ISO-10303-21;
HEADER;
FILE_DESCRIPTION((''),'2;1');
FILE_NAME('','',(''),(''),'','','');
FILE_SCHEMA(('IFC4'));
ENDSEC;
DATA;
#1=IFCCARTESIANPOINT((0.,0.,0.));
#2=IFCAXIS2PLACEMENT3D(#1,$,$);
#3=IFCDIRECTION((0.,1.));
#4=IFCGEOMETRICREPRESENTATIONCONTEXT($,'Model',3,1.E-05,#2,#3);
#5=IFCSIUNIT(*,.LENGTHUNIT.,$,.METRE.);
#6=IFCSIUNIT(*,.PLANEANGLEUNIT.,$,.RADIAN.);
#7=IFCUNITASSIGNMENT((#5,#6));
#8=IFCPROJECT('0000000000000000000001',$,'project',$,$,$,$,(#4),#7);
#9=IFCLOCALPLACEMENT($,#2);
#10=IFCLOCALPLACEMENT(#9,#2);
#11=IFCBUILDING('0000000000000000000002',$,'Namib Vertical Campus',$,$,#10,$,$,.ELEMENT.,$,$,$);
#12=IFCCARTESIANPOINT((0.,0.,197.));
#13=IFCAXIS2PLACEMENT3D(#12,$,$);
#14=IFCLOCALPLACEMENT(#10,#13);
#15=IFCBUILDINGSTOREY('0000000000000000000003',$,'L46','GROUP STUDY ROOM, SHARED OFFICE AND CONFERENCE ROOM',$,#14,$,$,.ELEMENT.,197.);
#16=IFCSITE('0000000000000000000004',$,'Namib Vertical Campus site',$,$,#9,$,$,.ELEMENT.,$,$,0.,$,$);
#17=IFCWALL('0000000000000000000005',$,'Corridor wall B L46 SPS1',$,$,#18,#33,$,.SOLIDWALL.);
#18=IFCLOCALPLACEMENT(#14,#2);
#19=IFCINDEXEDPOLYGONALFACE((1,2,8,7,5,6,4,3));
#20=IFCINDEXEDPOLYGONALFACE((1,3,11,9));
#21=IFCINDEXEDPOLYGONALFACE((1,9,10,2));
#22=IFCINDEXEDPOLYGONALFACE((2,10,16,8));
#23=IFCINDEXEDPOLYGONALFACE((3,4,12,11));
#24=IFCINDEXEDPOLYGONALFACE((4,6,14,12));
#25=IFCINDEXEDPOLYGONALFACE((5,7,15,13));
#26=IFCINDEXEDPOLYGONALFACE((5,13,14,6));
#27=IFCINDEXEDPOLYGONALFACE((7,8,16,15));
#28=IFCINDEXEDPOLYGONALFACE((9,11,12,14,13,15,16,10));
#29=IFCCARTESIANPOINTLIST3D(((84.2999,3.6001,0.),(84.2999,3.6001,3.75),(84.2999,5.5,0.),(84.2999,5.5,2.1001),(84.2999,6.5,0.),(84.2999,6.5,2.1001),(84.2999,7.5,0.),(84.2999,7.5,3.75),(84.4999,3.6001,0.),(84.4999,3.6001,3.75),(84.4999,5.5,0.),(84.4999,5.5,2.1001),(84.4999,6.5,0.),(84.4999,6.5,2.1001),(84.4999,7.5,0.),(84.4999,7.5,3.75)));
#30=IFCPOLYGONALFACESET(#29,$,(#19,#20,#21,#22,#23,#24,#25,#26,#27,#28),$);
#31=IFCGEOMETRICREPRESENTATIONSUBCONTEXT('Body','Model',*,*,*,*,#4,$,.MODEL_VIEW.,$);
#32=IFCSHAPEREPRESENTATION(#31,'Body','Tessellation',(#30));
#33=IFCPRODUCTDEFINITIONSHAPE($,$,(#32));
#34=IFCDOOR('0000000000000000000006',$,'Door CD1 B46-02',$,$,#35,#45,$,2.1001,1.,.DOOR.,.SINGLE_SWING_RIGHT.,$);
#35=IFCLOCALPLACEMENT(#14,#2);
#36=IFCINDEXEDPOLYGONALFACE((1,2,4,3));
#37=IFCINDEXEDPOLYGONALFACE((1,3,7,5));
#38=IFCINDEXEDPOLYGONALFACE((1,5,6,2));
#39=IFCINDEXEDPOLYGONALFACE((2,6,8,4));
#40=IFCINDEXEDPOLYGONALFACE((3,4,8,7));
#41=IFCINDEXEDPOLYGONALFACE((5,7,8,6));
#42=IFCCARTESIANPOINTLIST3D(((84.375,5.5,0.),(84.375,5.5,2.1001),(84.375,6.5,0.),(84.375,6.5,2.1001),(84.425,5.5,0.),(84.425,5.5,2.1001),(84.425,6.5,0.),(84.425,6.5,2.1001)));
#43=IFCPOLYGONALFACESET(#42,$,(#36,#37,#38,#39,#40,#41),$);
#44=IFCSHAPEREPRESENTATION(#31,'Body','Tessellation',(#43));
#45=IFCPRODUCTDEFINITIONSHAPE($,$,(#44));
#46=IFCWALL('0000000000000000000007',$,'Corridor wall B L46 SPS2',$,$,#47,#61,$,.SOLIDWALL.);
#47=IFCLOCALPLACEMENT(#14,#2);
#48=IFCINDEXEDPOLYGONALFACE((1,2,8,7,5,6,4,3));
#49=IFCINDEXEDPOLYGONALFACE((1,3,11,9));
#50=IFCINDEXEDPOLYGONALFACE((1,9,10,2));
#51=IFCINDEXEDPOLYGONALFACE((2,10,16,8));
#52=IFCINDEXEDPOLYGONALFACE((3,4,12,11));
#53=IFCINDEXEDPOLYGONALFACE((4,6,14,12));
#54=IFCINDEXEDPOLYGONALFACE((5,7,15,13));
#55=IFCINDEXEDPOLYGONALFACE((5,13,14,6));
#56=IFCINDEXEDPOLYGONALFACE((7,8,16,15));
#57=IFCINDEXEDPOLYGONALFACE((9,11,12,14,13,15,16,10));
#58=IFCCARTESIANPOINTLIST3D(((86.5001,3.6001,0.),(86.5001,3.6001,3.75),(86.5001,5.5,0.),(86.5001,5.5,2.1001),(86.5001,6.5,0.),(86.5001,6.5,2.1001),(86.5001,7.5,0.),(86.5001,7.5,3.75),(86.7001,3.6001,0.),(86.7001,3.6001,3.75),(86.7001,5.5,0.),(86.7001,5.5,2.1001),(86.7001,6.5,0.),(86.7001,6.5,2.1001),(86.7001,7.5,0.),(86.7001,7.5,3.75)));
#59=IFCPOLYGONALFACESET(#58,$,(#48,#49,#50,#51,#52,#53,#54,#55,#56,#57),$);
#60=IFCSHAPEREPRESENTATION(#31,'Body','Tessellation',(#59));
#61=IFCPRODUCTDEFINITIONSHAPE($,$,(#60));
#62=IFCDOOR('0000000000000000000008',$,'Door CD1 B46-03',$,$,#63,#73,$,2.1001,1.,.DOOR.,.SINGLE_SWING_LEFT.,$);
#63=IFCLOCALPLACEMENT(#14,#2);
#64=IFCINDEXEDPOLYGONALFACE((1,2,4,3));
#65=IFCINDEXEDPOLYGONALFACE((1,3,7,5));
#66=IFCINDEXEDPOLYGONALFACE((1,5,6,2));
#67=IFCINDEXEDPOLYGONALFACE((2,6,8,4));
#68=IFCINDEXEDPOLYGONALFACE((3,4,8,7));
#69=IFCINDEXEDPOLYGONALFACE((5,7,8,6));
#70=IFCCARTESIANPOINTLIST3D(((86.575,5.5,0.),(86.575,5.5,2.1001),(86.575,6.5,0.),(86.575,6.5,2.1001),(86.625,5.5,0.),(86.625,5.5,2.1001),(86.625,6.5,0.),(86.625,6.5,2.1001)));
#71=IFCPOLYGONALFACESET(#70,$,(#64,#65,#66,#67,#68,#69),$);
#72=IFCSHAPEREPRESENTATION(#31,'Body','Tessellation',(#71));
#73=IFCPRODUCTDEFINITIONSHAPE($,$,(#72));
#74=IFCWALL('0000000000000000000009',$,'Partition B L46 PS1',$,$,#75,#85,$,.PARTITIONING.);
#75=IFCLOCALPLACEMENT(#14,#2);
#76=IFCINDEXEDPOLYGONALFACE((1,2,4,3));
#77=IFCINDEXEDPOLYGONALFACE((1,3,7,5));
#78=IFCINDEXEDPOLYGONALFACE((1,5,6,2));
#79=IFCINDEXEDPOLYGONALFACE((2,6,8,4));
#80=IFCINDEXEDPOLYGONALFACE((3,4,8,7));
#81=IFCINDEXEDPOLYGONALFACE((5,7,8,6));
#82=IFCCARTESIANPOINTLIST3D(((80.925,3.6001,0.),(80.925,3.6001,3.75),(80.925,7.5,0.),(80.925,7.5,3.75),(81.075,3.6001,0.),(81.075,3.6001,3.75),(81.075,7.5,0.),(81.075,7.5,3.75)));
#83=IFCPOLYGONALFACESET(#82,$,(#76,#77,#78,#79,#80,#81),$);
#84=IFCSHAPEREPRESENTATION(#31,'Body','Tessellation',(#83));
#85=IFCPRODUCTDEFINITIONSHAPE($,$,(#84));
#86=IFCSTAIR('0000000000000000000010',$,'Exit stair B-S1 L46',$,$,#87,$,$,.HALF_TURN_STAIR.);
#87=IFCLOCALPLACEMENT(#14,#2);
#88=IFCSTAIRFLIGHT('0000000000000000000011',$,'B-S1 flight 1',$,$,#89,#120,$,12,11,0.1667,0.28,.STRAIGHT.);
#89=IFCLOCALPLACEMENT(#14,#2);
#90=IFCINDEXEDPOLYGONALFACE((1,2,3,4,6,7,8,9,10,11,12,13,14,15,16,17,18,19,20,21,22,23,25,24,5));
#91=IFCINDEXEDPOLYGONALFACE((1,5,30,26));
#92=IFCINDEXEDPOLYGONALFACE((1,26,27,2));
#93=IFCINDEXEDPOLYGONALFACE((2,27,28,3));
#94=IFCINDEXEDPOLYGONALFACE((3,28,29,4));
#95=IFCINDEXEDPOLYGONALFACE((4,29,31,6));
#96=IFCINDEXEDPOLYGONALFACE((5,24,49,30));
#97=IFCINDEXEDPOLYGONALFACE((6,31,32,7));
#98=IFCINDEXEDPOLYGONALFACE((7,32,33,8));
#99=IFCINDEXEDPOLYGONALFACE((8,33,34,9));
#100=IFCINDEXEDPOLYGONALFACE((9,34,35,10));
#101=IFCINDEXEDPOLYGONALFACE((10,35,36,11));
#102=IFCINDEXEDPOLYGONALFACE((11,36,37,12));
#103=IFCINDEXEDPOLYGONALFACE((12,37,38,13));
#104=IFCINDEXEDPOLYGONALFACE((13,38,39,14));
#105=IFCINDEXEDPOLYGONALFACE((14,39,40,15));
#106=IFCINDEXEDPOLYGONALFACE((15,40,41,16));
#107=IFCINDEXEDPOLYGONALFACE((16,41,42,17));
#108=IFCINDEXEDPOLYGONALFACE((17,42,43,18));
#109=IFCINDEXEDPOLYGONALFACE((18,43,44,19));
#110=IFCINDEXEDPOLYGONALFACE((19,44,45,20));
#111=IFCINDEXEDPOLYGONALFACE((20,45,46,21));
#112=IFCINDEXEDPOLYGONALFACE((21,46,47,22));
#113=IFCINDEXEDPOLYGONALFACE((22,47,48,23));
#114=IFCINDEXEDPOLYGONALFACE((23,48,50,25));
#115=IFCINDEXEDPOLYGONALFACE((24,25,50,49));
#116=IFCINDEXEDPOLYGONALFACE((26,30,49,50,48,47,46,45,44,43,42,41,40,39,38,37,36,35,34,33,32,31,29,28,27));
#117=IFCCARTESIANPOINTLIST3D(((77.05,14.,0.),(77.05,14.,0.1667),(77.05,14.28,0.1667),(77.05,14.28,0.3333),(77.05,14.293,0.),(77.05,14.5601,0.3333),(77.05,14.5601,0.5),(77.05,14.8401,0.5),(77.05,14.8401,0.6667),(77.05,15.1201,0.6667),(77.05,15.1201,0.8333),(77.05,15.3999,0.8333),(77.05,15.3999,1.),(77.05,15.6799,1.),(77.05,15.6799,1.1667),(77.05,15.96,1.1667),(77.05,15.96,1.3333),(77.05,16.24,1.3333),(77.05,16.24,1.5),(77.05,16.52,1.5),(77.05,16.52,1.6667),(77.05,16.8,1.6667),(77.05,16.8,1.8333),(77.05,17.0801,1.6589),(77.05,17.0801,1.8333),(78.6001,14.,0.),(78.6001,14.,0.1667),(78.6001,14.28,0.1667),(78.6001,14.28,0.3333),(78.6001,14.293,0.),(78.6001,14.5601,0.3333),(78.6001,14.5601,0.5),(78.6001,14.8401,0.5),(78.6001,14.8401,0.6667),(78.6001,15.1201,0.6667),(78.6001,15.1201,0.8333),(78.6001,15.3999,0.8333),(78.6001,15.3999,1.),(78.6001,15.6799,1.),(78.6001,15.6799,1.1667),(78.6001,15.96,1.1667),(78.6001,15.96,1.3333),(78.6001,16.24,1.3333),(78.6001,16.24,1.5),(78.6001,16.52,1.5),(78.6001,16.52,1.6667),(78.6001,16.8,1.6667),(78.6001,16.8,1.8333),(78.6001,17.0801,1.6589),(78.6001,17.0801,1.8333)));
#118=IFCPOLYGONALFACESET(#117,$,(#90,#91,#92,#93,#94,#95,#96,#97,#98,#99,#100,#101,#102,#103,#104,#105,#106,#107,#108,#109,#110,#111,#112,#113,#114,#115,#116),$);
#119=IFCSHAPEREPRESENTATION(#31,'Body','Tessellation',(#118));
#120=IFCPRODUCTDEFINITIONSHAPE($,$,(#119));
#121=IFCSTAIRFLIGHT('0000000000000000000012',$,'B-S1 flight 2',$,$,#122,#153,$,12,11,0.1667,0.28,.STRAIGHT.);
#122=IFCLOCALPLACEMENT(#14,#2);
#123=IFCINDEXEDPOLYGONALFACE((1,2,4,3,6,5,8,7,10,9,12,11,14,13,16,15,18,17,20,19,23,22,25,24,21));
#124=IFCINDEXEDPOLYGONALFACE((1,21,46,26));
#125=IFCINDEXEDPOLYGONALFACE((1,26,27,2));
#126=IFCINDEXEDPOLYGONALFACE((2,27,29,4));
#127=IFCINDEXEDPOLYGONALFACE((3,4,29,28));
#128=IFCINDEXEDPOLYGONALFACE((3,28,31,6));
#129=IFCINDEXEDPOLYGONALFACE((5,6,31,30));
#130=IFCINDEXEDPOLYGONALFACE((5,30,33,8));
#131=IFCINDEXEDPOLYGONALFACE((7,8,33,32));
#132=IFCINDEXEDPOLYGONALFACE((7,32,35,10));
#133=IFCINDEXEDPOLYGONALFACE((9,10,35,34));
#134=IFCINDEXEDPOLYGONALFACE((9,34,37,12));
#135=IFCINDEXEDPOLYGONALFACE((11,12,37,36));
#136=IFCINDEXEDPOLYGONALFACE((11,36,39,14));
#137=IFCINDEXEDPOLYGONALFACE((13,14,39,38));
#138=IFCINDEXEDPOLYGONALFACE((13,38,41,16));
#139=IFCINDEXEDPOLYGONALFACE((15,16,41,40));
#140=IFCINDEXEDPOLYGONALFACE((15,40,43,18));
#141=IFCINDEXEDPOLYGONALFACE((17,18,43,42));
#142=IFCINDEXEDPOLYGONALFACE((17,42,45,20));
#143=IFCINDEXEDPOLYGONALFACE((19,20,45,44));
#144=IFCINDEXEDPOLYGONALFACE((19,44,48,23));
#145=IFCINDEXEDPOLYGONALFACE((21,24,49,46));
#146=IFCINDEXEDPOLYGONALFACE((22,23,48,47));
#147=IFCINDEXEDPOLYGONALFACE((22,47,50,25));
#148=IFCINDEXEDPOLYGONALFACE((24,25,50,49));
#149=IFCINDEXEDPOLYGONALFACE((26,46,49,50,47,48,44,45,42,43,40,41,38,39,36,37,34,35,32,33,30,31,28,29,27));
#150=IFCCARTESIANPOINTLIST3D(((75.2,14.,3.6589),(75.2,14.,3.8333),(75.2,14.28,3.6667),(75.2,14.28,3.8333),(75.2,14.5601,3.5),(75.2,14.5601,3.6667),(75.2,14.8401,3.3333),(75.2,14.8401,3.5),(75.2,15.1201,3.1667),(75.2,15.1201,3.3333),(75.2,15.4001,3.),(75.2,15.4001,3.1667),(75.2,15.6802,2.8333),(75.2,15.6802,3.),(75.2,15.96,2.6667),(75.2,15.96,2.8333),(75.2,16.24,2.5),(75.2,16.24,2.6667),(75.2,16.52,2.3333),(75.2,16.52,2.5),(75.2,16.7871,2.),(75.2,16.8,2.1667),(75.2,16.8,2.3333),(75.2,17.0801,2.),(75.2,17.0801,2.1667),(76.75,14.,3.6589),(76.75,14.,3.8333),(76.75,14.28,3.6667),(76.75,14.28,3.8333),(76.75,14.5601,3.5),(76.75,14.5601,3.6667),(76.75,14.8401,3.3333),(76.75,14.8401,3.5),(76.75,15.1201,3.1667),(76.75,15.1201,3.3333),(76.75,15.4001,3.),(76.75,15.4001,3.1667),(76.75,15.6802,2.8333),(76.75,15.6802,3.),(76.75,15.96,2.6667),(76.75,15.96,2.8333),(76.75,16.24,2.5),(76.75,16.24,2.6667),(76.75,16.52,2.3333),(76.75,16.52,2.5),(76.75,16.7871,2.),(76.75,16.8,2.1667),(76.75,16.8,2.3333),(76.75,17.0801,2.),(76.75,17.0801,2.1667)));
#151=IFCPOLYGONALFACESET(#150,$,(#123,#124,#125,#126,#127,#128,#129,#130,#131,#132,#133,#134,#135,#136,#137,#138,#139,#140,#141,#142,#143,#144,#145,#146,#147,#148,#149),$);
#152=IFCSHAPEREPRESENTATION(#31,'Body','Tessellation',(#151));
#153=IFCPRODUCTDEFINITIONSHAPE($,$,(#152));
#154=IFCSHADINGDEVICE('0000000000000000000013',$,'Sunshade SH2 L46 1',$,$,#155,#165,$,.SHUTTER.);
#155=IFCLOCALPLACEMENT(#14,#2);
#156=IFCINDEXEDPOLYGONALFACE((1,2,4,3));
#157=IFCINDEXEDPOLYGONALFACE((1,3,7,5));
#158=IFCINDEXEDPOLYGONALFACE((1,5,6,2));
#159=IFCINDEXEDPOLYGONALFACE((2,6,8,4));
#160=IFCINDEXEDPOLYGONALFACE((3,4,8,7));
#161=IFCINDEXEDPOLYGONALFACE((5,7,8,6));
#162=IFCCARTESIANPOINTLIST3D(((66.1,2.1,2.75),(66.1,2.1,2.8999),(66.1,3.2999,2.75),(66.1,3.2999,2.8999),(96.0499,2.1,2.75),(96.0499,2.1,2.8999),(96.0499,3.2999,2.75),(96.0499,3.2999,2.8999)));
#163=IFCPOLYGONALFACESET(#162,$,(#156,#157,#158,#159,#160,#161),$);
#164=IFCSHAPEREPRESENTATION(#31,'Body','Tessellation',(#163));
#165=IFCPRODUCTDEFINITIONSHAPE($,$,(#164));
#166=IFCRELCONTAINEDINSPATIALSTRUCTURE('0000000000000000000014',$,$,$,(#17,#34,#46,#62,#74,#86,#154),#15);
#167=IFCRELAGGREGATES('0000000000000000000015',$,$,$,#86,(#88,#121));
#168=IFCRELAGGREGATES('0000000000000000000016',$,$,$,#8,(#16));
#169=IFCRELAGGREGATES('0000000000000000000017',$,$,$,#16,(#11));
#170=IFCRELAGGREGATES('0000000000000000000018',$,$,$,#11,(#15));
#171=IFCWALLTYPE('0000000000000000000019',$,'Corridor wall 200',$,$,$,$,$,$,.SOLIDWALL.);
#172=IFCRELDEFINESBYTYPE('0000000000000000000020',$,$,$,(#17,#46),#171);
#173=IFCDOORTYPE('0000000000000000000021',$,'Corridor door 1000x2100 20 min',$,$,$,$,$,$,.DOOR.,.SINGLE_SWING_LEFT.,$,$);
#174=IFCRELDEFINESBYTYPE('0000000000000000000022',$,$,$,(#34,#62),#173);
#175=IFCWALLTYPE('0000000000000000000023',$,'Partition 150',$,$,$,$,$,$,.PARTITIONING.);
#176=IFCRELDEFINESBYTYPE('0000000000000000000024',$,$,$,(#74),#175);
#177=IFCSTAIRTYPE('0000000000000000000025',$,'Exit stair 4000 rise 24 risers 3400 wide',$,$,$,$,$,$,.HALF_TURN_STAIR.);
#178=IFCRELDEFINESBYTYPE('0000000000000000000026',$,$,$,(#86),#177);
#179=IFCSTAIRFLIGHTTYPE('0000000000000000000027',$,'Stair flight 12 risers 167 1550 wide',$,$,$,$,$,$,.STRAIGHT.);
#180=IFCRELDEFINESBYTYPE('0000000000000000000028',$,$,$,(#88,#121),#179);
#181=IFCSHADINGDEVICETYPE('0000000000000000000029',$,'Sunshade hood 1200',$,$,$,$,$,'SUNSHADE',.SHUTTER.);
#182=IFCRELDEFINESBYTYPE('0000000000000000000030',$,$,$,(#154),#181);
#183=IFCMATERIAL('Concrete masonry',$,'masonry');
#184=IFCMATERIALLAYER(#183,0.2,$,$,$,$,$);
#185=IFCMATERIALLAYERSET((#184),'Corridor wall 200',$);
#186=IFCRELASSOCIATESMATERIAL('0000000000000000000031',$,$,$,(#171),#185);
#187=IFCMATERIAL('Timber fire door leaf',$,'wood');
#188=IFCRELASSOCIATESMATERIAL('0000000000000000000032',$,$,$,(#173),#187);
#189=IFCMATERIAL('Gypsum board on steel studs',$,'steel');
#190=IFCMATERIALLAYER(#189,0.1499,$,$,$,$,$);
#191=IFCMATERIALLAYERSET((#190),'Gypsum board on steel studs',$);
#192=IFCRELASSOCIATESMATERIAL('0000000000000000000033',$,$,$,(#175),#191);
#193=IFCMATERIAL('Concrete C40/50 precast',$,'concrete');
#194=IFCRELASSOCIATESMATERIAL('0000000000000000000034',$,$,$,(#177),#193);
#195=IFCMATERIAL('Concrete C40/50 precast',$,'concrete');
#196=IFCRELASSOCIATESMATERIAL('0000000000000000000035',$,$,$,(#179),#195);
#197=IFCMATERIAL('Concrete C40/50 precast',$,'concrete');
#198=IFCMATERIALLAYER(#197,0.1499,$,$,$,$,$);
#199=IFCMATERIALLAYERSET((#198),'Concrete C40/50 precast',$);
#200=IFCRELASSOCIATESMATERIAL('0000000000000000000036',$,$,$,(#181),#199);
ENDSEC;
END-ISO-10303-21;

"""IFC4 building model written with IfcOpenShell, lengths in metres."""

from ifc_helpers import new_model, si_unit, direction, frame, frame_2d, origin, origin_2d, place, context, subcontext, project, spatial, polyline, rectangle, outline, extrude, material, layer, layer_set, type_object, element, fill, aggregate, save


model = new_model("IFC4")

# Units and contexts
model_context = context("Model", 3, precision=1e-05, world=origin(), true_north=direction((0.0, 1.0)))
body_context = subcontext(model_context, "Body", "Model", "MODEL_VIEW")
ifc_project = project(units=[si_unit("LENGTHUNIT", "METRE"), si_unit("PLANEANGLEUNIT", "RADIAN")], contexts=[model_context])

# Site, building, storey
site_placement = place(None, origin())
site = spatial("IfcSite", under=ifc_project, at=site_placement, Name="Namib Vertical Campus site", CompositionType="ELEMENT", RefElevation=0.0)
building_placement = place(site_placement, origin())
building = spatial("IfcBuilding", under=site, at=building_placement, Name="Namib Vertical Campus", CompositionType="ELEMENT")
storey_placement = place(building_placement, frame((0.0, 0.0, 197.0)))
storey = spatial("IfcBuildingStorey", under=building, at=storey_placement, Name="L46", Description="GROUP STUDY ROOM, SHARED OFFICE AND CONFERENCE ROOM", CompositionType="ELEMENT", Elevation=197.0)

# Walls, openings, doors
ifc_material_1 = material(Name="Concrete masonry", Category="masonry")
ifc_layer_1 = layer(ifc_material_1, 0.2)
ifc_layer_set_1 = layer_set([ifc_layer_1], Name="Corridor wall 200")
wall_type_1 = type_object("IfcWallType", Name="Corridor wall 200", PredefinedType="SOLIDWALL", material=ifc_layer_set_1)
wall_1_placement = place(storey_placement, frame((84.3999, 3.6001, 0.0), z_axis=(0.0, 0.0, 1.0), x_axis=(0.0, 1.0, 0.0)))
wall_1 = element("IfcWall", 1, at=wall_1_placement, inside=storey, type_object=wall_type_1, Name="Corridor wall B L46 SPS1", PredefinedType="SOLIDWALL", context=body_context, shape_type="SweptSolid", body=[
    extrude(rectangle(XDim=3.8999, YDim=0.2, at=frame_2d((1.95, 0.0))), origin(), (0.0, 0.0, 1.0), 3.75),
])
opening_1_placement = place(wall_1_placement, frame((1.8999, 0.0, 0.0)))
opening_1 = element("IfcOpeningElement", 2, at=opening_1_placement, cuts=wall_1, PredefinedType="OPENING", context=body_context, shape_type="SweptSolid", body=[
    extrude(rectangle(XDim=1.0, YDim=2.1001, at=frame_2d((0.5, 1.05))), frame((0.0, 0.1099, 0.0), z_axis=(0.0, -1.0, 0.0), x_axis=(1.0, 0.0, 0.0)), (0.0, 0.0, 1.0), 0.22),
])
ifc_material_2 = material(Name="Timber fire door leaf", Category="wood")
door_type_1 = type_object("IfcDoorType", Name="Corridor door 1000x2100 20 min", OperationType="SINGLE_SWING_LEFT", PredefinedType="DOOR", material=ifc_material_2)
door_1_placement = place(opening_1_placement, origin())
door_1 = element("IfcDoor", 3, at=door_1_placement, inside=storey, type_object=door_type_1, Name="Door CD1 B46-02", OperationType="SINGLE_SWING_RIGHT", OverallHeight=2.1001, OverallWidth=1.0, PredefinedType="DOOR", context=body_context, shape_type="SweptSolid", body=[
    extrude(rectangle(XDim=1.0, YDim=2.1001, at=frame_2d((0.5, 1.05))), frame((0.0, 0.0249, 0.0), z_axis=(0.0, -1.0, 0.0), x_axis=(1.0, 0.0, 0.0)), (0.0, 0.0, 1.0), 0.05),
])
fill(opening_1, door_1)
wall_2_placement = place(storey_placement, frame((86.6001, 7.5, 0.0), z_axis=(0.0, 0.0, 1.0), x_axis=(0.0, -1.0, 0.0)))
wall_2 = element("IfcWall", 4, at=wall_2_placement, inside=storey, type_object=wall_type_1, Name="Corridor wall B L46 SPS2", PredefinedType="SOLIDWALL", context=body_context, shape_type="SweptSolid", body=[
    extrude(rectangle(XDim=3.8999, YDim=0.2, at=frame_2d((1.95, 0.0))), origin(), (0.0, 0.0, 1.0), 3.75),
])
opening_2_placement = place(wall_2_placement, frame((1.0, 0.0, 0.0)))
opening_2 = element("IfcOpeningElement", 5, at=opening_2_placement, cuts=wall_2, PredefinedType="OPENING", context=body_context, shape_type="SweptSolid", body=[
    extrude(rectangle(XDim=1.0, YDim=2.1001, at=frame_2d((0.5, 1.05))), frame((0.0, 0.1099, 0.0), z_axis=(0.0, -1.0, 0.0), x_axis=(1.0, 0.0, 0.0)), (0.0, 0.0, 1.0), 0.22),
])
door_2_placement = place(opening_2_placement, origin())
door_2 = element("IfcDoor", 6, at=door_2_placement, inside=storey, type_object=door_type_1, Name="Door CD1 B46-03", OperationType="SINGLE_SWING_LEFT", OverallHeight=2.1001, OverallWidth=1.0, PredefinedType="DOOR", context=body_context, shape_type="SweptSolid", body=[
    extrude(rectangle(XDim=1.0, YDim=2.1001, at=frame_2d((0.5, 1.05))), frame((0.0, 0.0249, 0.0), z_axis=(0.0, -1.0, 0.0), x_axis=(1.0, 0.0, 0.0)), (0.0, 0.0, 1.0), 0.05),
])
fill(opening_2, door_2)

# Wall
ifc_material_3 = material(Name="Gypsum board on steel studs", Category="steel")
ifc_layer_2 = layer(ifc_material_3, 0.1499)
ifc_layer_set_2 = layer_set([ifc_layer_2], Name="Gypsum board on steel studs")
wall_type_2 = type_object("IfcWallType", Name="Partition 150", PredefinedType="PARTITIONING", material=ifc_layer_set_2)
wall_3_placement = place(storey_placement, frame((81.0, 3.6001, 0.0), z_axis=(0.0, 0.0, 1.0), x_axis=(0.0, 1.0, 0.0)))
element("IfcWall", 7, at=wall_3_placement, inside=storey, type_object=wall_type_2, Name="Partition B L46 PS1", PredefinedType="PARTITIONING", context=body_context, shape_type="SweptSolid", body=[
    extrude(rectangle(XDim=3.8999, YDim=0.1499, at=frame_2d((1.95, 0.0))), origin(), (0.0, 0.0, 1.0), 3.75),
])

# Stair, stair flights
ifc_material_4 = material(Name="Concrete C40/50 precast", Category="concrete")
stair_type = type_object("IfcStairType", Name="Exit stair 4000 rise 24 risers 3400 wide", PredefinedType="HALF_TURN_STAIR", material=ifc_material_4)
stair_placement = place(storey_placement, origin())
stair = element("IfcStair", 8, at=stair_placement, inside=storey, type_object=stair_type, Name="Exit stair B-S1 L46", PredefinedType="HALF_TURN_STAIR")
ifc_material_5 = material(Name="Concrete C40/50 precast", Category="concrete")
stair_flight_type = type_object("IfcStairFlightType", Name="Stair flight 12 risers 167 1550 wide", PredefinedType="STRAIGHT", material=ifc_material_5)
stair_flight_1_placement = place(storey_placement, frame((77.825, 14.0, 0.0), z_axis=(0.0, 0.0, 1.0), x_axis=(0.0, 1.0, 0.0)))
stair_flight_1 = element("IfcStairFlight", 9, at=stair_flight_1_placement, type_object=stair_flight_type, Name="B-S1 flight 1", NumberOfRisers=12, NumberOfTreads=11, PredefinedType="STRAIGHT", RiserHeight=0.1667, TreadLength=0.28, context=body_context, shape_type="SweptSolid", body=[
    extrude(outline(polyline([(0.0, 0.0), (0.0, 0.1667), (0.28, 0.1667), (0.28, 0.3333), (0.5601, 0.3333), (0.5601, 0.5), (0.8401, 0.5), (0.8401, 0.6667), (1.1201, 0.6667), (1.1201, 0.8333), (1.3999, 0.8333), (1.3999, 1.0), (1.6799, 1.0), (1.6799, 1.1667), (1.96, 1.1667), (1.96, 1.3333), (2.24, 1.3333), (2.24, 1.5), (2.52, 1.5), (2.52, 1.6667), (2.8, 1.6667), (2.8, 1.8333), (3.0801, 1.8333), (3.0801, 2.0), (3.0801, 1.6589), (0.293, 0.0), (0.0, 0.0)])), frame((0.0, 0.7749, 0.0), z_axis=(0.0, -1.0, 0.0), x_axis=(1.0, 0.0, 0.0)), (0.0, 0.0, 1.0), 1.55),
])
stair_flight_2_placement = place(storey_placement, frame((75.9751, 17.0801, 2.0), z_axis=(0.0, 0.0, 1.0), x_axis=(0.0, -1.0, 0.0)))
stair_flight_2 = element("IfcStairFlight", 10, at=stair_flight_2_placement, type_object=stair_flight_type, Name="B-S1 flight 2", NumberOfRisers=12, NumberOfTreads=11, PredefinedType="STRAIGHT", RiserHeight=0.1667, TreadLength=0.28, context=body_context, shape_type="SweptSolid", body=[
    extrude(outline(polyline([(0.0, 0.0), (0.0, 0.1667), (0.28, 0.1667), (0.28, 0.3333), (0.5601, 0.3333), (0.5601, 0.5), (0.8401, 0.5), (0.8401, 0.6667), (1.1201, 0.6667), (1.1201, 0.8333), (1.3999, 0.8333), (1.3999, 1.0), (1.6799, 1.0), (1.6799, 1.1667), (1.96, 1.1667), (1.96, 1.3333), (2.24, 1.3333), (2.24, 1.5), (2.52, 1.5), (2.52, 1.6667), (2.8, 1.6667), (2.8, 1.8333), (3.0801, 1.8333), (3.0801, 2.0), (3.0801, 1.6589), (0.293, 0.0), (0.0, 0.0)])), frame((0.0, 0.7749, 0.0), z_axis=(0.0, -1.0, 0.0), x_axis=(1.0, 0.0, 0.0)), (0.0, 0.0, 1.0), 1.55),
])
aggregate(stair, [stair_flight_1, stair_flight_2])

# Shading device
ifc_material_6 = material(Name="Concrete C40/50 precast", Category="concrete")
ifc_layer_3 = layer(ifc_material_6, 0.1499)
ifc_layer_set_3 = layer_set([ifc_layer_3], Name="Concrete C40/50 precast")
shading_device_type = type_object("IfcShadingDeviceType", Name="Sunshade hood 1200", ElementType="SUNSHADE", PredefinedType="SHUTTER", material=ifc_layer_set_3)
shading_device_placement = place(storey_placement, frame((81.075, 2.7, 2.75), z_axis=(0.0, 0.0, 1.0), x_axis=(1.0, 0.0, 0.0)))
element("IfcShadingDevice", 11, at=shading_device_placement, inside=storey, type_object=shading_device_type, Name="Sunshade SH2 L46 1", PredefinedType="SHUTTER", context=body_context, shape_type="SweptSolid", body=[
    extrude(rectangle(XDim=29.95, YDim=1.2, at=origin_2d()), origin(), (0.0, 0.0, 1.0), 0.1499),
])

save(model, "model.ifc")
